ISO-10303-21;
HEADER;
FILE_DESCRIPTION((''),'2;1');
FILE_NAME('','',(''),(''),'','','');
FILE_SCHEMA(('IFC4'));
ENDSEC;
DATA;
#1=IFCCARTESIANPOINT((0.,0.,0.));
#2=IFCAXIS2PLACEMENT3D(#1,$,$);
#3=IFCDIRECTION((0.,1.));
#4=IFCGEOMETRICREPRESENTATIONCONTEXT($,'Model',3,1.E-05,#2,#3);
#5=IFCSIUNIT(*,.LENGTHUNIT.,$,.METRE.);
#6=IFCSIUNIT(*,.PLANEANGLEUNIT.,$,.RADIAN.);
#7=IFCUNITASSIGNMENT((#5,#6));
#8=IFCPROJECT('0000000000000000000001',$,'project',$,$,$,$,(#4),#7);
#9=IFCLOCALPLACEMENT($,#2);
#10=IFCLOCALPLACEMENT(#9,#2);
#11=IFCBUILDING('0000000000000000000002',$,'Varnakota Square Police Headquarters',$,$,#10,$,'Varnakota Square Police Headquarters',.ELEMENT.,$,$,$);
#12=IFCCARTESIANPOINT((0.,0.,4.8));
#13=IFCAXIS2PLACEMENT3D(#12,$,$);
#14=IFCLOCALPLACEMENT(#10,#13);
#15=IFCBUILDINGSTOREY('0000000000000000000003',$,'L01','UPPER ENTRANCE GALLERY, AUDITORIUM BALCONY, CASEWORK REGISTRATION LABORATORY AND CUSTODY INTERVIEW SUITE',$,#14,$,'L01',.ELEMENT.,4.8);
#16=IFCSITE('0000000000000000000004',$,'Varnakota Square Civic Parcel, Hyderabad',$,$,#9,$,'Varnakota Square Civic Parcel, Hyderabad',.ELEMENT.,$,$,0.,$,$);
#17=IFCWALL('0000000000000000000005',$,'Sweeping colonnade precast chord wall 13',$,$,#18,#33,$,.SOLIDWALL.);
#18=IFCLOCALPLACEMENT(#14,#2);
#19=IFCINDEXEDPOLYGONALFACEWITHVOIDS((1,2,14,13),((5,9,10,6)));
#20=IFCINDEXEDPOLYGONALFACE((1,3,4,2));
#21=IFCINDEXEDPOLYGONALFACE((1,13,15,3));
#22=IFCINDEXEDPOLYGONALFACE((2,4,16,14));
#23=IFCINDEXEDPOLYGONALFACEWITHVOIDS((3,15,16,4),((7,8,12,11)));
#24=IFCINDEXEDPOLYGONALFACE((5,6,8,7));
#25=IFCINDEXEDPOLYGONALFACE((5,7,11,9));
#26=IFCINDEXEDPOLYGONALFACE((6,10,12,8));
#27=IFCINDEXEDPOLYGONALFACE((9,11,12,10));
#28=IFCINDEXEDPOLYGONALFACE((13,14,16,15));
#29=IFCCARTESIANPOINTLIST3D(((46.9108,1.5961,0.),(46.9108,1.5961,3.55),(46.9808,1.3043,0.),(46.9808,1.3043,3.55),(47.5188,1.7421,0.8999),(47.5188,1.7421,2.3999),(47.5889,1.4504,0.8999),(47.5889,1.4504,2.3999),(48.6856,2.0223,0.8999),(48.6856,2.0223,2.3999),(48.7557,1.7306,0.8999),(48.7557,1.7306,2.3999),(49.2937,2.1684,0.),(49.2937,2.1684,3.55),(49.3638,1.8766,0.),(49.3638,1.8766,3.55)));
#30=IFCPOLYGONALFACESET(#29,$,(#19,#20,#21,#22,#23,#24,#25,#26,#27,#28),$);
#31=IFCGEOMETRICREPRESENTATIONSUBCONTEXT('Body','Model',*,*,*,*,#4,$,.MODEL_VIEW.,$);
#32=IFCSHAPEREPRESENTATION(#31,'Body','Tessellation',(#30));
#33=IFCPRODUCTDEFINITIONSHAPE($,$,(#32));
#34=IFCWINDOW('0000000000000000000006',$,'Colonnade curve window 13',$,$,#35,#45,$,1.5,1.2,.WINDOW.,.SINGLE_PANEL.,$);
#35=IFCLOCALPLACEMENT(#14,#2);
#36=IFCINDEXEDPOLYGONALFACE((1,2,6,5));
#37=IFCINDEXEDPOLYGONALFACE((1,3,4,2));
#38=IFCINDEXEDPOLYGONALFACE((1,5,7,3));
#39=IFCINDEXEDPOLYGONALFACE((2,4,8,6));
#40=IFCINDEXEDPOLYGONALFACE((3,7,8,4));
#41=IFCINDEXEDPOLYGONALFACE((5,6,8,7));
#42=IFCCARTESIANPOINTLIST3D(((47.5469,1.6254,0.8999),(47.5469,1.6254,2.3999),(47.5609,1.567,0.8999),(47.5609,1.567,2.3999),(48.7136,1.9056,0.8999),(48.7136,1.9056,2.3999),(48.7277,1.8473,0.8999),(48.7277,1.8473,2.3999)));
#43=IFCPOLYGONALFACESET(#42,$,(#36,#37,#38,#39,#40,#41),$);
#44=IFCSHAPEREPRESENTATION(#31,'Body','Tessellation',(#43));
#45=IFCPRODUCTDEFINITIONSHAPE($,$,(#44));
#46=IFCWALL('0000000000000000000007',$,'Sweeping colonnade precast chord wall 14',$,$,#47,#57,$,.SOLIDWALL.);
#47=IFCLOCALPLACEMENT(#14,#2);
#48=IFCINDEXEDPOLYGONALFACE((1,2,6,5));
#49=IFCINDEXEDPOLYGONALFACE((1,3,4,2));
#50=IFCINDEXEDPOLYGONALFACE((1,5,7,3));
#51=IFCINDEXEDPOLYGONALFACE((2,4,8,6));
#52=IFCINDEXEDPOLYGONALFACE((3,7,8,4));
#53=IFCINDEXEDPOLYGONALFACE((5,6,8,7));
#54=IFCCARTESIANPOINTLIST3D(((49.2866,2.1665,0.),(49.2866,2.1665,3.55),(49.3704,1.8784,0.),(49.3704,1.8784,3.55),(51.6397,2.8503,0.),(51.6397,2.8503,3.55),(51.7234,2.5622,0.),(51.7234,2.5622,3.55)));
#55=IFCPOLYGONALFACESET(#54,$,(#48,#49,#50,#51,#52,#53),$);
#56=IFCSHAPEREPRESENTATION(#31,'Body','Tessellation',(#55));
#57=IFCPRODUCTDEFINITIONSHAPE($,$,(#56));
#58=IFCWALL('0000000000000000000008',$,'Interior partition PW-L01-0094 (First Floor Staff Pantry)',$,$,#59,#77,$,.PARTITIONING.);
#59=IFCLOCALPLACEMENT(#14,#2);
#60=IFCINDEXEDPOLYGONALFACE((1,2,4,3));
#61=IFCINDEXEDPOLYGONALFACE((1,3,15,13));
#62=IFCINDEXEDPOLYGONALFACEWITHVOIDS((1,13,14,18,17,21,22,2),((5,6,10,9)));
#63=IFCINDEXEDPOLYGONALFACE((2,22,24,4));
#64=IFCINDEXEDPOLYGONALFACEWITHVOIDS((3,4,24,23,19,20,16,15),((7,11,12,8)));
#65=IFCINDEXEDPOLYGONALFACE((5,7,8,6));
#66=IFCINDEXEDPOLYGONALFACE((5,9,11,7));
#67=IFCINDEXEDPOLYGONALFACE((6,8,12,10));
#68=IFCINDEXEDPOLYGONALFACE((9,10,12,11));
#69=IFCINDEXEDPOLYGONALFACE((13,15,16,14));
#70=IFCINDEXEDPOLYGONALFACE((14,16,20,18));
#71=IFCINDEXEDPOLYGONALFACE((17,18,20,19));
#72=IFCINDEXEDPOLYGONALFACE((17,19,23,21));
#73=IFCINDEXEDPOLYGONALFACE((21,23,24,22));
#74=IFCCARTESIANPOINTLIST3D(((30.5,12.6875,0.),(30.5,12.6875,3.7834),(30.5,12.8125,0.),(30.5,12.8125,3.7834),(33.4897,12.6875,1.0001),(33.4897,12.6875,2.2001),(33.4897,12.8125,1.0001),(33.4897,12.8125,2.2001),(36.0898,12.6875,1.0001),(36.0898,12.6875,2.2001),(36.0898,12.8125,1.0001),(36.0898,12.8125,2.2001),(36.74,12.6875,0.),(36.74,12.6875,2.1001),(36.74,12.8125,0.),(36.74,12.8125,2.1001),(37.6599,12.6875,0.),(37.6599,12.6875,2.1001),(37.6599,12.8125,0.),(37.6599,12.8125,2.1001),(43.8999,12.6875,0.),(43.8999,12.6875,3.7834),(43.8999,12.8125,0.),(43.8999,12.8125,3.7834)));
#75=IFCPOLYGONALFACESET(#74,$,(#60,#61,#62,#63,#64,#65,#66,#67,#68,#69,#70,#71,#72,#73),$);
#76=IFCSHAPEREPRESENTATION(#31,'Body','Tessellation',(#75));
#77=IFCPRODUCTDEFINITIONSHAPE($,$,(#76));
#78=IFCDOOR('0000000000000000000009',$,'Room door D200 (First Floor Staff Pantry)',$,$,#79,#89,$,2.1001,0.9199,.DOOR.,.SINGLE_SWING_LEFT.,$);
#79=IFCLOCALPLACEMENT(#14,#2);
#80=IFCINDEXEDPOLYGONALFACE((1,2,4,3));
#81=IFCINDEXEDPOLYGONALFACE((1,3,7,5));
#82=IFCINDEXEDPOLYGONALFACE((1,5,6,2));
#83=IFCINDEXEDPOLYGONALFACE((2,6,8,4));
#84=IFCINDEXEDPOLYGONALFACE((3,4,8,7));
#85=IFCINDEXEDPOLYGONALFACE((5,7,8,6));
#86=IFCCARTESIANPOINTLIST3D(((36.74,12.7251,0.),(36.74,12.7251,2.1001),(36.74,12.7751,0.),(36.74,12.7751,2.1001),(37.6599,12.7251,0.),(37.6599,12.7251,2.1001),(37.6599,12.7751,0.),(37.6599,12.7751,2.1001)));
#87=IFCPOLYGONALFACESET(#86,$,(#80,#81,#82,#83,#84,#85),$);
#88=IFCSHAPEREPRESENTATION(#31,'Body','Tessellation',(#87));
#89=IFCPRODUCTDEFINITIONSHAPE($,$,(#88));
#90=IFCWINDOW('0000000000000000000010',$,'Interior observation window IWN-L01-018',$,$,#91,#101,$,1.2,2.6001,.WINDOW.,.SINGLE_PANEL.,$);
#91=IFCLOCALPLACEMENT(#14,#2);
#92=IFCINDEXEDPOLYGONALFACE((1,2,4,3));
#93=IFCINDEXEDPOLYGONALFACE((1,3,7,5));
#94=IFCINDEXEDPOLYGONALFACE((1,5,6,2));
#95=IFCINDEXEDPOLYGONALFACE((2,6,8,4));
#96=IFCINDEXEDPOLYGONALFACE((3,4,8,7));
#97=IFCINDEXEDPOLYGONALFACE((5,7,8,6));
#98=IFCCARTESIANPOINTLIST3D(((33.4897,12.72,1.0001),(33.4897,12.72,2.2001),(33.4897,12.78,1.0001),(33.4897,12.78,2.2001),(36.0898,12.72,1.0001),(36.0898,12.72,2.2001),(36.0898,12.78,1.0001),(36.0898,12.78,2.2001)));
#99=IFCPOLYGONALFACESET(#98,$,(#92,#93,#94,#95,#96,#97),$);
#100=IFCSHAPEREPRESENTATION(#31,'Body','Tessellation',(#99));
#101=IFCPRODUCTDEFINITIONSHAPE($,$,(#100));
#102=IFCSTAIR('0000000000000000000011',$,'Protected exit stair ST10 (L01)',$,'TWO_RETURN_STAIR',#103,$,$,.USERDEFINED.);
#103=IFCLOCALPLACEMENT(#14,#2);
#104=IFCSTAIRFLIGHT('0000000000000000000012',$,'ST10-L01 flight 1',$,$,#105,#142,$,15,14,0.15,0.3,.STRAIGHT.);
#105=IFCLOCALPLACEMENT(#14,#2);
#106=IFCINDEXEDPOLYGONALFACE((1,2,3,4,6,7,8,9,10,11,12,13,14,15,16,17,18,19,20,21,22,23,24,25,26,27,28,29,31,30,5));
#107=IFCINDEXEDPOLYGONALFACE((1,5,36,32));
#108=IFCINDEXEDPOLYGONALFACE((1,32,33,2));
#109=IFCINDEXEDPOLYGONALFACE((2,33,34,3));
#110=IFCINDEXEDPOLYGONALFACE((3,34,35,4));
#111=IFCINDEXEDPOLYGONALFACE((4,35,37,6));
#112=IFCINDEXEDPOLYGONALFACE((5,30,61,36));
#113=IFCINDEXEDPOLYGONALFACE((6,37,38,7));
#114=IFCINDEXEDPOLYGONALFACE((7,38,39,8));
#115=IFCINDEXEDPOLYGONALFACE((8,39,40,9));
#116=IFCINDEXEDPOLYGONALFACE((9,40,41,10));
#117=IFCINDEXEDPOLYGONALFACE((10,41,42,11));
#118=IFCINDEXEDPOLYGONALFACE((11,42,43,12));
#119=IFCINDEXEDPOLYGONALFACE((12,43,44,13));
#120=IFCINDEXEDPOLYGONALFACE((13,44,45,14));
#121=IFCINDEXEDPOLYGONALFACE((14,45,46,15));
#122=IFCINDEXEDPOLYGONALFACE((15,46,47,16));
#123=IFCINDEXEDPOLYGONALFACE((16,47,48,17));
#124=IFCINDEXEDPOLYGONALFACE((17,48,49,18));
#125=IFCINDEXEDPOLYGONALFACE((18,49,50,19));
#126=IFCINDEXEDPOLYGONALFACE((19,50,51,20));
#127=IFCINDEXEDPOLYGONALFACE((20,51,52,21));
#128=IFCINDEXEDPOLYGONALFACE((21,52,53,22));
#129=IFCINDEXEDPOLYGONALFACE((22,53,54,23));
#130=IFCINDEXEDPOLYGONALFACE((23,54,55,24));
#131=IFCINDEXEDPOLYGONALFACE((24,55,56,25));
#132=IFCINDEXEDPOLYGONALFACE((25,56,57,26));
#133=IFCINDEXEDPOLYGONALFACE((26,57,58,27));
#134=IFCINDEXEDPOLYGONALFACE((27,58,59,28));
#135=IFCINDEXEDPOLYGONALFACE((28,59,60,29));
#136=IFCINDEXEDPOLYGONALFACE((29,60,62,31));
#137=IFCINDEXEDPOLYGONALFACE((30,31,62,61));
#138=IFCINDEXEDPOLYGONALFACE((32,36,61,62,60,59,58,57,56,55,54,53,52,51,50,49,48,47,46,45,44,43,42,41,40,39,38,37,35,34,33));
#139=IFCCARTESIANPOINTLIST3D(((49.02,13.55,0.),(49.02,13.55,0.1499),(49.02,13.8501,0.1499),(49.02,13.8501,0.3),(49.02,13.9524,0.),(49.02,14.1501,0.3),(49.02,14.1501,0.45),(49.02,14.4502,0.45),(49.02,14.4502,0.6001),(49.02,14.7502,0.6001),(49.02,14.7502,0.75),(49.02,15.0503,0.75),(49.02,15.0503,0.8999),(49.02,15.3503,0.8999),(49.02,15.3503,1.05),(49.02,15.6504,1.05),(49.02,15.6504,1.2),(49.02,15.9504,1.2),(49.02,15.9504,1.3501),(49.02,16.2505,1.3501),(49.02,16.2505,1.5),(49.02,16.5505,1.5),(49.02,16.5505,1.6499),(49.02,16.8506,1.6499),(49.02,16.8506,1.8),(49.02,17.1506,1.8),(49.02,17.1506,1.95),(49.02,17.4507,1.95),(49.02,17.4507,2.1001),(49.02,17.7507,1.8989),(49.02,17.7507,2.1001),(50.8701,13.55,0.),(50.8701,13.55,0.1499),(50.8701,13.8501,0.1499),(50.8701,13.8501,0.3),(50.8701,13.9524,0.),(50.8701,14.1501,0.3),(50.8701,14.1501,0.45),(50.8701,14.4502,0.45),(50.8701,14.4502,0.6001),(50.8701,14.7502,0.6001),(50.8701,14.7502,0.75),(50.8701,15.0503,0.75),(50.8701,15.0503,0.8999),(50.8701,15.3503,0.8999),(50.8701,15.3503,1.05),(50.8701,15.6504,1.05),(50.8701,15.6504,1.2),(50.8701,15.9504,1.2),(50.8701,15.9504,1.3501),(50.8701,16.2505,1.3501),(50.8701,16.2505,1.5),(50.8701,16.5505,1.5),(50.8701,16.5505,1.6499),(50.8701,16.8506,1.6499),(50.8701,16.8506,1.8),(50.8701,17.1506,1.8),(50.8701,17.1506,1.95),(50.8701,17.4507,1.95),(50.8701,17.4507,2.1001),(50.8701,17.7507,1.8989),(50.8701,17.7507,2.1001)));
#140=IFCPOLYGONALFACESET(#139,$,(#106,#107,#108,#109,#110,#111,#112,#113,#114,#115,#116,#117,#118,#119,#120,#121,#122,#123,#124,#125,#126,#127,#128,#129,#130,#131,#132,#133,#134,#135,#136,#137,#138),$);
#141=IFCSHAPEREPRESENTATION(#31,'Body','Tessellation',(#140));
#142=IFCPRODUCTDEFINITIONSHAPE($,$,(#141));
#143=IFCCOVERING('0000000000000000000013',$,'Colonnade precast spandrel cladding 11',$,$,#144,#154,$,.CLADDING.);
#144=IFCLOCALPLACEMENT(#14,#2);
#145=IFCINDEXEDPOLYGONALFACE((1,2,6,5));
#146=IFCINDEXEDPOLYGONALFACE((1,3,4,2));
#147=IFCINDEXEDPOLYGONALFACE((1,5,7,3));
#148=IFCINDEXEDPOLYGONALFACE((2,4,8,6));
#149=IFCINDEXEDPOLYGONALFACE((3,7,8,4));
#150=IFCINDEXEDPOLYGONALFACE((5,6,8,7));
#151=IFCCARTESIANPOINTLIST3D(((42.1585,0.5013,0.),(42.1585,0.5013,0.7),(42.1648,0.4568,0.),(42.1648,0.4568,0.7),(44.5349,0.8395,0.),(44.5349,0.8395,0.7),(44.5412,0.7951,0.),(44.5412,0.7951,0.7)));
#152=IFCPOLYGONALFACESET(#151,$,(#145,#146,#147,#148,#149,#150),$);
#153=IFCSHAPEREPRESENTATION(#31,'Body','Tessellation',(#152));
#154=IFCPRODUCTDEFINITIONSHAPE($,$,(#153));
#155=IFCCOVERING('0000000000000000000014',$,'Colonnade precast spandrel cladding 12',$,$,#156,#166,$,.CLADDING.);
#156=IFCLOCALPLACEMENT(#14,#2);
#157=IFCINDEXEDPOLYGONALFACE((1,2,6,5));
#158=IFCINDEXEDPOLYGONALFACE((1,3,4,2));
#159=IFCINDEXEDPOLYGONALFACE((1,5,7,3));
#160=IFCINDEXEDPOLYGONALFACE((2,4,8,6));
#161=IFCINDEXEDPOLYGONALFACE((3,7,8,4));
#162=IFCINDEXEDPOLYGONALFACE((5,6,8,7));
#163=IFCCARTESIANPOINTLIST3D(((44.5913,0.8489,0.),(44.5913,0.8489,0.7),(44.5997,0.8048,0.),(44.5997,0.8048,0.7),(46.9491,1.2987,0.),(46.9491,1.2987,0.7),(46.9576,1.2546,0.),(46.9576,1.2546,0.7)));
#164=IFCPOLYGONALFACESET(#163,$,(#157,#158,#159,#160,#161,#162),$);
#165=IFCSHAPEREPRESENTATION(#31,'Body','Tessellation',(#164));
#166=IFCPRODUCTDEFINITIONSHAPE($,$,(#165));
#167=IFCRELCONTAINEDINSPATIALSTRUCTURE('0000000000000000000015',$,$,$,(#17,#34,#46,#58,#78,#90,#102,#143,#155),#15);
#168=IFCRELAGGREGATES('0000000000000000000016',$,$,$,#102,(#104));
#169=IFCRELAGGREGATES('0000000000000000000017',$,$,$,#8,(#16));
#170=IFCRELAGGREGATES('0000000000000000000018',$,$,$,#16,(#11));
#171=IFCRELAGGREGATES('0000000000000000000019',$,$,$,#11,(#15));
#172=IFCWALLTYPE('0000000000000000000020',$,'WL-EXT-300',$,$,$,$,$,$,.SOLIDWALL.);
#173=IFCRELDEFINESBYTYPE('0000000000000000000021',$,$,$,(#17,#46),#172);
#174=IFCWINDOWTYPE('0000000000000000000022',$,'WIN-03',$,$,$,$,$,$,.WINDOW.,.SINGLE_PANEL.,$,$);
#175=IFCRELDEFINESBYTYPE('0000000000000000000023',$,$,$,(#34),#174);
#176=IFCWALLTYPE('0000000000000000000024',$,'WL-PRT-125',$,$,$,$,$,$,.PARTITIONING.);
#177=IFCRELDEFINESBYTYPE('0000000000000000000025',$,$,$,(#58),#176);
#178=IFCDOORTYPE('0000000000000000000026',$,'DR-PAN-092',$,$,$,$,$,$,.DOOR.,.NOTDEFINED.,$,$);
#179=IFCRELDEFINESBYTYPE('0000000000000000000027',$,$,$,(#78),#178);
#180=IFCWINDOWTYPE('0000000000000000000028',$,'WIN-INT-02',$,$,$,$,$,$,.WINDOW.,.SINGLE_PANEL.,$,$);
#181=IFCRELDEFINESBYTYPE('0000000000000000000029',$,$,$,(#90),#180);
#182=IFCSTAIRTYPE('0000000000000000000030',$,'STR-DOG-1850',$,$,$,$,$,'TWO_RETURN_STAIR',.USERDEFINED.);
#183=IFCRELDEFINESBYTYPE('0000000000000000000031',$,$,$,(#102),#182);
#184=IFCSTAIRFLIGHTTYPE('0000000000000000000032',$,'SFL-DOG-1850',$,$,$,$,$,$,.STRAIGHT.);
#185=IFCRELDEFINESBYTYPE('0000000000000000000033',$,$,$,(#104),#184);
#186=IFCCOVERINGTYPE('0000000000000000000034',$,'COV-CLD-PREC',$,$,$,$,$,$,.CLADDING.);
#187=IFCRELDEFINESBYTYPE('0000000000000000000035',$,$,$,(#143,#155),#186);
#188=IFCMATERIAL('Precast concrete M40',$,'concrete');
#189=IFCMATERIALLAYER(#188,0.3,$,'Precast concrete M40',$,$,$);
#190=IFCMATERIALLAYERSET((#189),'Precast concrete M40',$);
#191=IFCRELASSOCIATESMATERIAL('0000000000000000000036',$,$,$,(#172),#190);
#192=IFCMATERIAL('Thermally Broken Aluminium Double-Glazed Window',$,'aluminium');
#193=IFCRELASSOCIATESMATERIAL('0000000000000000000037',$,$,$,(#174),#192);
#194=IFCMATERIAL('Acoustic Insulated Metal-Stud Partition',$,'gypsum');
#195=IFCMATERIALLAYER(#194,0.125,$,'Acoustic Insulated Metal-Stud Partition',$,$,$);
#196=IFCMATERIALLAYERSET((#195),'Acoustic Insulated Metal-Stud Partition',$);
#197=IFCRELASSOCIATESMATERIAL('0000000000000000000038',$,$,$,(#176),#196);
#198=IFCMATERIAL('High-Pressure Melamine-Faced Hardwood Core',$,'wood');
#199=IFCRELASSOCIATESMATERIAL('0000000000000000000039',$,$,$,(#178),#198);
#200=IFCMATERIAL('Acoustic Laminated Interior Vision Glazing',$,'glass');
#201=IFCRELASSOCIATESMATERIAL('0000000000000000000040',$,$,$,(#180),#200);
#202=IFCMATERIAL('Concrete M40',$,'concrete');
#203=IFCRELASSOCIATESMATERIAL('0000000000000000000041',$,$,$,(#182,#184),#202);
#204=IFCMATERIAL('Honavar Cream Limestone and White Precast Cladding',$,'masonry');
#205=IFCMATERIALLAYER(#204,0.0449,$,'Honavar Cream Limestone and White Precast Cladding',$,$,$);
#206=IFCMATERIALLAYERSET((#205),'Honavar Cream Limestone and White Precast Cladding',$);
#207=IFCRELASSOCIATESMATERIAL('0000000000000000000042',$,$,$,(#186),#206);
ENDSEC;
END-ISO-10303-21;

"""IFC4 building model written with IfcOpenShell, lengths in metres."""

from ifc_helpers import new_model, si_unit, direction, frame, frame_2d, origin, origin_2d, place, context, subcontext, project, spatial, polyline, rectangle, outline, extrude, material, layer, layer_set, type_object, element, fill, aggregate, save


model = new_model("IFC4")

# Units and contexts
model_context = context("Model", 3, precision=1e-05, world=origin(), true_north=direction((0.0, 1.0)))
body_context = subcontext(model_context, "Body", "Model", "MODEL_VIEW")
ifc_project = project(units=[si_unit("LENGTHUNIT", "METRE"), si_unit("PLANEANGLEUNIT", "RADIAN")], contexts=[model_context])

# Site, building, storey
site_placement = place(None, origin())
site = spatial("IfcSite", under=ifc_project, at=site_placement, Name="Varnakota Square Civic Parcel, Hyderabad", LongName="Varnakota Square Civic Parcel, Hyderabad", CompositionType="ELEMENT", RefElevation=0.0)
building_placement = place(site_placement, origin())
building = spatial("IfcBuilding", under=site, at=building_placement, Name="Varnakota Square Police Headquarters", LongName="Varnakota Square Police Headquarters", CompositionType="ELEMENT")
storey_placement = place(building_placement, frame((0.0, 0.0, 4.8)))
storey = spatial("IfcBuildingStorey", under=building, at=storey_placement, Name="L01", Description="UPPER ENTRANCE GALLERY, AUDITORIUM BALCONY, CASEWORK REGISTRATION LABORATORY AND CUSTODY INTERVIEW SUITE", LongName="L01", CompositionType="ELEMENT", Elevation=4.8)

# Shared definitions
ifc_material_1 = material(Name="Precast concrete M40", Category="concrete")
ifc_layer_1 = layer(ifc_material_1, 0.3, Name="Precast concrete M40")
ifc_layer_set_1 = layer_set([ifc_layer_1], Name="Precast concrete M40")
wall_type_1 = type_object("IfcWallType", Name="WL-EXT-300", PredefinedType="SOLIDWALL", material=ifc_layer_set_1)
ifc_material_2 = material(Name="Thermally Broken Aluminium Double-Glazed Window", Category="aluminium")
window_type_1 = type_object("IfcWindowType", Name="WIN-03", PartitioningType="SINGLE_PANEL", PredefinedType="WINDOW", material=ifc_material_2)

# Wall, opening, window
wall_1_placement = place(storey_placement, frame((46.9458, 1.4502, 0.0), z_axis=(0.0, 0.0, 1.0), x_axis=(0.972351, 0.233524, 0.0)))
wall_1 = element("IfcWall", 1, at=wall_1_placement, inside=storey, type_object=wall_type_1, Name="Sweeping colonnade precast chord wall 13", PredefinedType="SOLIDWALL", context=body_context, shape_type="SweptSolid", body=[
    extrude(rectangle(XDim=2.4507, YDim=0.3, at=frame_2d((1.2253, 0.0))), origin(), (0.0, 0.0, 1.0), 3.55),
])
opening_1_placement = place(wall_1_placement, frame((0.6252, 0.0, 0.8999)))
opening_1 = element("IfcOpeningElement", 2, at=opening_1_placement, cuts=wall_1, PredefinedType="OPENING", context=body_context, shape_type="SweptSolid", body=[
    extrude(rectangle(XDim=1.2, YDim=1.5, at=frame_2d((0.6001, 0.75))), frame((0.0, 0.1599, 0.0), z_axis=(0.0, -1.0, 0.0), x_axis=(1.0, 0.0, 0.0)), (0.0, 0.0, 1.0), 0.3201),
])
window_1_placement = place(opening_1_placement, origin())
window_1 = element("IfcWindow", 3, at=window_1_placement, inside=storey, type_object=window_type_1, Name="Colonnade curve window 13", OverallHeight=1.5, OverallWidth=1.2, PartitioningType="SINGLE_PANEL", PredefinedType="WINDOW", context=body_context, shape_type="SweptSolid", body=[
    extrude(rectangle(XDim=1.2, YDim=1.5, at=frame_2d((0.6001, 0.75))), frame((0.0, 0.03, 0.0), z_axis=(0.0, -1.0, 0.0), x_axis=(1.0, 0.0, 0.0)), (0.0, 0.0, 1.0), 0.0601),
])
fill(opening_1, window_1)

# Wall
wall_2_placement = place(storey_placement, frame((49.3286, 2.0225, 0.0), z_axis=(0.0, 0.0, 1.0), x_axis=(0.96027, 0.279074, 0.0)))
element("IfcWall", 4, at=wall_2_placement, inside=storey, type_object=wall_type_1, Name="Sweeping colonnade precast chord wall 14", PredefinedType="SOLIDWALL", context=body_context, shape_type="SweptSolid", body=[
    extrude(rectangle(XDim=2.4504, YDim=0.3, at=frame_2d((1.2251, 0.0))), origin(), (0.0, 0.0, 1.0), 3.55),
])

# Wall, openings, door, window
ifc_material_3 = material(Name="Acoustic Insulated Metal-Stud Partition", Category="gypsum")
ifc_layer_2 = layer(ifc_material_3, 0.125, Name="Acoustic Insulated Metal-Stud Partition")
ifc_layer_set_2 = layer_set([ifc_layer_2], Name="Acoustic Insulated Metal-Stud Partition")
wall_type_2 = type_object("IfcWallType", Name="WL-PRT-125", PredefinedType="PARTITIONING", material=ifc_layer_set_2)
wall_3_placement = place(storey_placement, frame((43.8999, 12.75, 0.0), z_axis=(0.0, 0.0, 1.0), x_axis=(-1.0, 0.0, 0.0)))
wall_3 = element("IfcWall", 5, at=wall_3_placement, inside=storey, type_object=wall_type_2, Name="Interior partition PW-L01-0094 (First Floor Staff Pantry)", PredefinedType="PARTITIONING", context=body_context, shape_type="SweptSolid", body=[
    extrude(rectangle(XDim=13.3999, YDim=0.125, at=frame_2d((6.7, 0.0))), origin(), (0.0, 0.0, 1.0), 3.7834),
])
opening_2_placement = place(wall_3_placement, frame((6.24, 0.0, 0.0)))
opening_2 = element("IfcOpeningElement", 6, at=opening_2_placement, cuts=wall_3, PredefinedType="OPENING", context=body_context, shape_type="SweptSolid", body=[
    extrude(rectangle(XDim=0.9199, YDim=2.1001, at=frame_2d((0.46, 1.05))), frame((0.0, 0.0725, 0.0), z_axis=(0.0, -1.0, 0.0), x_axis=(1.0, 0.0, 0.0)), (0.0, 0.0, 1.0), 0.145),
])
opening_3_placement = place(wall_3_placement, frame((7.8101, 0.0, 1.0)))
opening_3 = element("IfcOpeningElement", 7, at=opening_3_placement, cuts=wall_3, PredefinedType="OPENING", context=body_context, shape_type="SweptSolid", body=[
    extrude(rectangle(XDim=2.6001, YDim=1.2, at=frame_2d((1.3, 0.6001))), frame((0.0, 0.0725, 0.0), z_axis=(0.0, -1.0, 0.0), x_axis=(1.0, 0.0, 0.0)), (0.0, 0.0, 1.0), 0.145),
])
ifc_material_4 = material(Name="High-Pressure Melamine-Faced Hardwood Core", Category="wood")
door_type_1 = type_object("IfcDoorType", Name="DR-PAN-092", OperationType="NOTDEFINED", PredefinedType="DOOR", material=ifc_material_4)
door_1_placement = place(opening_2_placement, origin())
door_1 = element("IfcDoor", 8, at=door_1_placement, inside=storey, type_object=door_type_1, Name="Room door D200 (First Floor Staff Pantry)", OperationType="SINGLE_SWING_LEFT", OverallHeight=2.1001, OverallWidth=0.9199, PredefinedType="DOOR", context=body_context, shape_type="SweptSolid", body=[
    extrude(rectangle(XDim=0.9199, YDim=2.1001, at=frame_2d((0.46, 1.05))), frame((0.0, 0.0249, 0.0), z_axis=(0.0, -1.0, 0.0), x_axis=(1.0, 0.0, 0.0)), (0.0, 0.0, 1.0), 0.05),
])
fill(opening_2, door_1)
ifc_material_5 = material(Name="Acoustic Laminated Interior Vision Glazing", Category="glass")
window_type_2 = type_object("IfcWindowType", Name="WIN-INT-02", PartitioningType="SINGLE_PANEL", PredefinedType="WINDOW", material=ifc_material_5)
window_2_placement = place(opening_3_placement, origin())
window_2 = element("IfcWindow", 9, at=window_2_placement, inside=storey, type_object=window_type_2, Name="Interior observation window IWN-L01-018", OverallHeight=1.2, OverallWidth=2.6001, PartitioningType="SINGLE_PANEL", PredefinedType="WINDOW", context=body_context, shape_type="SweptSolid", body=[
    extrude(rectangle(XDim=2.6001, YDim=1.2, at=frame_2d((1.3, 0.6001))), frame((0.0, 0.03, 0.0), z_axis=(0.0, -1.0, 0.0), x_axis=(1.0, 0.0, 0.0)), (0.0, 0.0, 1.0), 0.0601),
])
fill(opening_3, window_2)

# Shared definitions
ifc_material_6 = material(Name="Concrete M40", Category="concrete")

# Stair, stair flight
stair_type = type_object("IfcStairType", Name="STR-DOG-1850", ElementType="TWO_RETURN_STAIR", PredefinedType="USERDEFINED", material=ifc_material_6)
stair_placement = place(storey_placement, origin())
stair = element("IfcStair", 10, at=stair_placement, inside=storey, type_object=stair_type, Name="Protected exit stair ST10 (L01)", ObjectType="TWO_RETURN_STAIR", PredefinedType="USERDEFINED")
stair_flight_type = type_object("IfcStairFlightType", Name="SFL-DOG-1850", PredefinedType="STRAIGHT", material=ifc_material_6)
stair_flight_placement = place(storey_placement, frame((49.9451, 13.55, 0.0), z_axis=(0.0, 0.0, 1.0), x_axis=(0.0, 1.0, 0.0)))
stair_flight = element("IfcStairFlight", 11, at=stair_flight_placement, type_object=stair_flight_type, Name="ST10-L01 flight 1", NumberOfRisers=15, NumberOfTreads=14, PredefinedType="STRAIGHT", RiserHeight=0.15, TreadLength=0.3, context=body_context, shape_type="SweptSolid", body=[
    extrude(outline(polyline([(0.0, 0.0), (0.0, 0.1499), (0.3, 0.1499), (0.3, 0.3), (0.6001, 0.3), (0.6001, 0.45), (0.9001, 0.45), (0.9001, 0.6001), (1.2002, 0.6001), (1.2002, 0.75), (1.5002, 0.75), (1.5002, 0.8999), (1.8003, 0.8999), (1.8003, 1.05), (2.1003, 1.05), (2.1003, 1.2), (2.4004, 1.2), (2.4004, 1.3501), (2.7004, 1.3501), (2.7004, 1.5), (3.0005, 1.5), (3.0005, 1.6499), (3.3005, 1.6499), (3.3005, 1.8), (3.6006, 1.8), (3.6006, 1.95), (3.9006, 1.95), (3.9006, 2.1001), (4.2007, 2.1001), (4.2007, 2.25), (4.2007, 1.8989), (0.4023, 0.0), (0.0, 0.0)])), frame((0.0, 0.925, 0.0), z_axis=(0.0, -1.0, 0.0), x_axis=(1.0, 0.0, 0.0)), (0.0, 0.0, 1.0), 1.8501),
])
aggregate(stair, [stair_flight])

# Coverings
ifc_material_7 = material(Name="Honavar Cream Limestone and White Precast Cladding", Category="masonry")
ifc_layer_3 = layer(ifc_material_7, 0.0449, Name="Honavar Cream Limestone and White Precast Cladding")
ifc_layer_set_3 = layer_set([ifc_layer_3], Name="Honavar Cream Limestone and White Precast Cladding")
covering_type = type_object("IfcCoveringType", Name="COV-CLD-PREC", PredefinedType="CLADDING", material=ifc_layer_set_3)
for number, where, z_axis, x_axis, name in (
    (12, (43.3499, 0.6482, 0.0), (0.0, 0.0, 1.0), (0.990024, 0.140901, 0.0), "Colonnade precast spandrel cladding 11"),
    (13, (45.7744, 1.0518, 0.0), (0.0, 0.0, 1.0), (0.982287, 0.187381, 0.0), "Colonnade precast spandrel cladding 12"),
):
    element("IfcCovering", number, at=place(storey_placement, frame(where, z_axis=z_axis, x_axis=x_axis)), inside=storey, type_object=covering_type, Name=name, PredefinedType="CLADDING", context=body_context, shape_type="SweptSolid", body=[
        extrude(rectangle(XDim=2.4004, YDim=0.0449, at=origin_2d()), origin(), (0.0, 0.0, 1.0), 0.7),
    ])

save(model, "model.ifc")
